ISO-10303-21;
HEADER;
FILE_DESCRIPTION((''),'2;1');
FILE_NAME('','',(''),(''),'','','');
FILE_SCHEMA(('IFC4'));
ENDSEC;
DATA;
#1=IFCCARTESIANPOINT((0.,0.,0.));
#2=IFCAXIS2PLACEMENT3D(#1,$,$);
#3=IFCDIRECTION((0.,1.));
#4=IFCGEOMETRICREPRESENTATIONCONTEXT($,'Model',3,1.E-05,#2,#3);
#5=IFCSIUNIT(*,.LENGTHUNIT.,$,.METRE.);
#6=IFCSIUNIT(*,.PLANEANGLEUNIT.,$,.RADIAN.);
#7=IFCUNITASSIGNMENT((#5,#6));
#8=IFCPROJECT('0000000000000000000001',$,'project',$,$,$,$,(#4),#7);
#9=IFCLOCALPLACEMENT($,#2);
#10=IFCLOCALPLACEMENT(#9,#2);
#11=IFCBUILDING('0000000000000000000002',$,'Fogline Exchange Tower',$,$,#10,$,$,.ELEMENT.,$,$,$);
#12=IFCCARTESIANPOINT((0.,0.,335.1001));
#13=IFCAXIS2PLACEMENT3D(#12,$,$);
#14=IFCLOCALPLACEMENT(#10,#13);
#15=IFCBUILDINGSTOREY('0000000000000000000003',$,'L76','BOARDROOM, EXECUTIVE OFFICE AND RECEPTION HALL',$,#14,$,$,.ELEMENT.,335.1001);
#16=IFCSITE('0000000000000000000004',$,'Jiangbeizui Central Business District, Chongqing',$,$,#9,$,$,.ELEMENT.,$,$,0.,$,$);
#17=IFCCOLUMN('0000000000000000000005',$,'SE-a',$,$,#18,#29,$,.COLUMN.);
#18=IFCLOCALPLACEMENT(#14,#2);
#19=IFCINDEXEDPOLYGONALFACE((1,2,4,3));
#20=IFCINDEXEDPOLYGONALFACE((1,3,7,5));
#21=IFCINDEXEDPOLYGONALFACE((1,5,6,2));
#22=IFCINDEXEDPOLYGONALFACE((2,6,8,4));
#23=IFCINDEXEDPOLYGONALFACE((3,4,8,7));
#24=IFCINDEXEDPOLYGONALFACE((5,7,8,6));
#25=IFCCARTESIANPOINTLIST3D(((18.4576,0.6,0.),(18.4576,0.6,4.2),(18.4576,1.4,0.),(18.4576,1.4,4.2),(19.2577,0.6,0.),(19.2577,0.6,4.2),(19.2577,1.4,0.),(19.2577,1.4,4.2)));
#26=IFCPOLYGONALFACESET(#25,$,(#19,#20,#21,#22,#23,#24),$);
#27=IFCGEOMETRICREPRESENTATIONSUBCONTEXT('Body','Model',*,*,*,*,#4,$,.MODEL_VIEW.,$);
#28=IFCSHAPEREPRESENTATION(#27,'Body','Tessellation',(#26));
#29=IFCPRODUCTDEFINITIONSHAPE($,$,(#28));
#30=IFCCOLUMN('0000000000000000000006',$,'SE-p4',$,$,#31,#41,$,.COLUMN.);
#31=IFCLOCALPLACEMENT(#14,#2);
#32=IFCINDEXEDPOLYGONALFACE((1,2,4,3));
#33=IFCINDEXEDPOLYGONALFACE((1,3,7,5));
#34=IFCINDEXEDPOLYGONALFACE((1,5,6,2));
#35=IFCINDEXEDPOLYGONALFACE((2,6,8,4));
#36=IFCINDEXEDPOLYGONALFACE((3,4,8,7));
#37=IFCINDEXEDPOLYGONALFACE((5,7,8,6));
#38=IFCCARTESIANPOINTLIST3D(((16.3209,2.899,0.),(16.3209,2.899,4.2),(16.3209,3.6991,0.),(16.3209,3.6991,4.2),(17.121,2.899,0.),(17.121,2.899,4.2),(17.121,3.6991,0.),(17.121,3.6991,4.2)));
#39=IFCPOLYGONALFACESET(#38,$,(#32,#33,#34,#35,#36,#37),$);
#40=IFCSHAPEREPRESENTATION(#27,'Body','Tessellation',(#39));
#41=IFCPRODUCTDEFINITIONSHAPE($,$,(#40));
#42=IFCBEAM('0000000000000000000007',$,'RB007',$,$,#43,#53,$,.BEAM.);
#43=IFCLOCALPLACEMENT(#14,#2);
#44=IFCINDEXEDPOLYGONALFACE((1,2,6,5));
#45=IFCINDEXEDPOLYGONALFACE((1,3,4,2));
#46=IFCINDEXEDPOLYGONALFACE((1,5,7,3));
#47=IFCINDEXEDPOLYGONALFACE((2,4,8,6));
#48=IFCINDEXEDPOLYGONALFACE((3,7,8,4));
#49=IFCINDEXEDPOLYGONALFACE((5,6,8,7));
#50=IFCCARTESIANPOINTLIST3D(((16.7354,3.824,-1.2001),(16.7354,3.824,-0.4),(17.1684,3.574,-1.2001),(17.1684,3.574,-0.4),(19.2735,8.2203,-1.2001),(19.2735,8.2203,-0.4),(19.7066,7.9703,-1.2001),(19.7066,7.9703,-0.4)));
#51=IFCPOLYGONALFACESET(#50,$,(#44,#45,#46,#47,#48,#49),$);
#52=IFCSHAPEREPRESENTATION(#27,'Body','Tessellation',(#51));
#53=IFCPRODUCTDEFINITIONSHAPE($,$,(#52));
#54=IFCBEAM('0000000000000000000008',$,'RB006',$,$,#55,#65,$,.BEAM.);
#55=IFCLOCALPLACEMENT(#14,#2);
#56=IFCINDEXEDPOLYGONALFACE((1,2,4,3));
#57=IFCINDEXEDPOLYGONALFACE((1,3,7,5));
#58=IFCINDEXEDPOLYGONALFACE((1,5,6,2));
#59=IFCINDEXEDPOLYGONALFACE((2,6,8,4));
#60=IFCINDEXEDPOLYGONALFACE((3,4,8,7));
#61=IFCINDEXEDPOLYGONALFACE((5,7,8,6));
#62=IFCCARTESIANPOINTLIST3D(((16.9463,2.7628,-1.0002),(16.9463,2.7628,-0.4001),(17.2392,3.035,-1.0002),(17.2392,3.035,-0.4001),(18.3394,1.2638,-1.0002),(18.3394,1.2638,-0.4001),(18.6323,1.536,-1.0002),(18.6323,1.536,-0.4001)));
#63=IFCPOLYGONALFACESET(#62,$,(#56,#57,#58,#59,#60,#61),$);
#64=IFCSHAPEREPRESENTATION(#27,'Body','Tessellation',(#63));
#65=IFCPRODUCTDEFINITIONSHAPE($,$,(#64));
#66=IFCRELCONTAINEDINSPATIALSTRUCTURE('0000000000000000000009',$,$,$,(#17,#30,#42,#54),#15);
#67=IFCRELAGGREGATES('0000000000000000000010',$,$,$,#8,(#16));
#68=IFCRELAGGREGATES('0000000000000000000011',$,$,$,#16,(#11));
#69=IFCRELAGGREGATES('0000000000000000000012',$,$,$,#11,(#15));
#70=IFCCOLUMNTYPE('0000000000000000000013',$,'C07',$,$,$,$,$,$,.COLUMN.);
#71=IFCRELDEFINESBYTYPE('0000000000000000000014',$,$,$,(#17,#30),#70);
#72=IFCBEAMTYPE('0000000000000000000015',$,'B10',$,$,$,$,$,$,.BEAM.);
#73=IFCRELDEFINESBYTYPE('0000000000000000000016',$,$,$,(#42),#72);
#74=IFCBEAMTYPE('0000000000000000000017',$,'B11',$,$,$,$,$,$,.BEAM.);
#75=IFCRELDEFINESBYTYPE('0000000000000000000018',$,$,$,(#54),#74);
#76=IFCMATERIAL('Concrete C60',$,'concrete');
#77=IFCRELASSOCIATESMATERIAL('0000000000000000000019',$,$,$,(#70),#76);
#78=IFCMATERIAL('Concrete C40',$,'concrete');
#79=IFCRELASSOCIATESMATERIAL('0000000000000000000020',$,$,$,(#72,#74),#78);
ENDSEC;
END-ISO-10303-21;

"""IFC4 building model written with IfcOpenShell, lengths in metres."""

from ifc_helpers import new_model, si_unit, direction, frame, origin, origin_2d, place, context, subcontext, project, spatial, rectangle, extrude, material, material_profile, profile_set, type_object, element, save


model = new_model("IFC4")

# Units and contexts
model_context = context("Model", 3, precision=1e-05, world=origin(), true_north=direction((0.0, 1.0)))
body_context = subcontext(model_context, "Body", "Model", "MODEL_VIEW")
ifc_project = project(units=[si_unit("LENGTHUNIT", "METRE"), si_unit("PLANEANGLEUNIT", "RADIAN")], contexts=[model_context])

# Site, building, storey
site_placement = place(None, origin())
site = spatial("IfcSite", under=ifc_project, at=site_placement, Name="Jiangbeizui Central Business District, Chongqing", CompositionType="ELEMENT", RefElevation=0.0)
building_placement = place(site_placement, origin())
building = spatial("IfcBuilding", under=site, at=building_placement, Name="Fogline Exchange Tower", CompositionType="ELEMENT")
storey_placement = place(building_placement, frame((0.0, 0.0, 335.1001)))
storey = spatial("IfcBuildingStorey", under=building, at=storey_placement, Name="L76", Description="BOARDROOM, EXECUTIVE OFFICE AND RECEPTION HALL", CompositionType="ELEMENT", Elevation=335.1001)

# Columns
ifc_material_1 = material(Name="Concrete C60", Category="concrete")
ifc_material_profile_1 = material_profile(ifc_material_1, rectangle(XDim=0.8, YDim=0.8, at=origin_2d()), Name="RC 800x800")
ifc_profile_set_1 = profile_set([ifc_material_profile_1], Name="Concrete C60")
column_type = type_object("IfcColumnType", Name="C07", PredefinedType="COLUMN", material=ifc_profile_set_1)
for number, where, z_axis, x_axis, name in (
    (1, (18.8577, 1.0, 0.0), (0.0, 0.0, 1.0), (1.0, 0.0, 0.0), "SE-a"),
    (2, (16.7209, 3.2991, 0.0), (0.0, 0.0, 1.0), (1.0, 0.0, 0.0), "SE-p4"),
):
    element("IfcColumn", number, at=place(storey_placement, frame(where, z_axis=z_axis, x_axis=x_axis)), inside=storey, type_object=column_type, Name=name, PredefinedType="COLUMN", context=body_context, shape_type="SweptSolid", body=[
        extrude(rectangle(XDim=0.8, YDim=0.8, at=origin_2d()), origin(), (0.0, 0.0, 1.0), 4.2),
    ])

# Beams
ifc_material_2 = material(Name="Concrete C40", Category="concrete")
ifc_material_profile_2 = material_profile(ifc_material_2, rectangle(XDim=0.5, YDim=0.8, at=origin_2d()), Name="RC 500x800")
ifc_profile_set_2 = profile_set([ifc_material_profile_2], Name="Concrete C40")
beam_type_1 = type_object("IfcBeamType", Name="B10", PredefinedType="BEAM", material=ifc_profile_set_2)
beam_1_placement = place(storey_placement, frame((16.9519, 3.699, -0.8), z_axis=(0.499988, 0.866033, 0.0), x_axis=(-0.866033, 0.499988, 0.0)))
element("IfcBeam", 3, at=beam_1_placement, inside=storey, type_object=beam_type_1, Name="RB007", PredefinedType="BEAM", context=body_context, shape_type="SweptSolid", body=[
    extrude(rectangle(XDim=0.5, YDim=0.8, at=origin_2d()), origin(), (0.0, 0.0, 1.0), 5.0764),
])
ifc_material_profile_3 = material_profile(ifc_material_2, rectangle(XDim=0.3999, YDim=0.6001, at=origin_2d()), Name="RC 400x600")
ifc_profile_set_3 = profile_set([ifc_material_profile_3], Name="Concrete C40")
beam_type_2 = type_object("IfcBeamType", Name="B11", PredefinedType="BEAM", material=ifc_profile_set_3)
beam_2_placement = place(storey_placement, frame((18.4858, 1.3999, -0.7002), z_axis=(-0.680744, 0.732521, 0.0), x_axis=(-0.732521, -0.680744, 0.0)))
element("IfcBeam", 4, at=beam_2_placement, inside=storey, type_object=beam_type_2, Name="RB006", PredefinedType="BEAM", context=body_context, shape_type="SweptSolid", body=[
    extrude(rectangle(XDim=0.3999, YDim=0.6001, at=origin_2d()), origin(), (0.0, 0.0, 1.0), 2.0464),
])

save(model, "model.ifc")
